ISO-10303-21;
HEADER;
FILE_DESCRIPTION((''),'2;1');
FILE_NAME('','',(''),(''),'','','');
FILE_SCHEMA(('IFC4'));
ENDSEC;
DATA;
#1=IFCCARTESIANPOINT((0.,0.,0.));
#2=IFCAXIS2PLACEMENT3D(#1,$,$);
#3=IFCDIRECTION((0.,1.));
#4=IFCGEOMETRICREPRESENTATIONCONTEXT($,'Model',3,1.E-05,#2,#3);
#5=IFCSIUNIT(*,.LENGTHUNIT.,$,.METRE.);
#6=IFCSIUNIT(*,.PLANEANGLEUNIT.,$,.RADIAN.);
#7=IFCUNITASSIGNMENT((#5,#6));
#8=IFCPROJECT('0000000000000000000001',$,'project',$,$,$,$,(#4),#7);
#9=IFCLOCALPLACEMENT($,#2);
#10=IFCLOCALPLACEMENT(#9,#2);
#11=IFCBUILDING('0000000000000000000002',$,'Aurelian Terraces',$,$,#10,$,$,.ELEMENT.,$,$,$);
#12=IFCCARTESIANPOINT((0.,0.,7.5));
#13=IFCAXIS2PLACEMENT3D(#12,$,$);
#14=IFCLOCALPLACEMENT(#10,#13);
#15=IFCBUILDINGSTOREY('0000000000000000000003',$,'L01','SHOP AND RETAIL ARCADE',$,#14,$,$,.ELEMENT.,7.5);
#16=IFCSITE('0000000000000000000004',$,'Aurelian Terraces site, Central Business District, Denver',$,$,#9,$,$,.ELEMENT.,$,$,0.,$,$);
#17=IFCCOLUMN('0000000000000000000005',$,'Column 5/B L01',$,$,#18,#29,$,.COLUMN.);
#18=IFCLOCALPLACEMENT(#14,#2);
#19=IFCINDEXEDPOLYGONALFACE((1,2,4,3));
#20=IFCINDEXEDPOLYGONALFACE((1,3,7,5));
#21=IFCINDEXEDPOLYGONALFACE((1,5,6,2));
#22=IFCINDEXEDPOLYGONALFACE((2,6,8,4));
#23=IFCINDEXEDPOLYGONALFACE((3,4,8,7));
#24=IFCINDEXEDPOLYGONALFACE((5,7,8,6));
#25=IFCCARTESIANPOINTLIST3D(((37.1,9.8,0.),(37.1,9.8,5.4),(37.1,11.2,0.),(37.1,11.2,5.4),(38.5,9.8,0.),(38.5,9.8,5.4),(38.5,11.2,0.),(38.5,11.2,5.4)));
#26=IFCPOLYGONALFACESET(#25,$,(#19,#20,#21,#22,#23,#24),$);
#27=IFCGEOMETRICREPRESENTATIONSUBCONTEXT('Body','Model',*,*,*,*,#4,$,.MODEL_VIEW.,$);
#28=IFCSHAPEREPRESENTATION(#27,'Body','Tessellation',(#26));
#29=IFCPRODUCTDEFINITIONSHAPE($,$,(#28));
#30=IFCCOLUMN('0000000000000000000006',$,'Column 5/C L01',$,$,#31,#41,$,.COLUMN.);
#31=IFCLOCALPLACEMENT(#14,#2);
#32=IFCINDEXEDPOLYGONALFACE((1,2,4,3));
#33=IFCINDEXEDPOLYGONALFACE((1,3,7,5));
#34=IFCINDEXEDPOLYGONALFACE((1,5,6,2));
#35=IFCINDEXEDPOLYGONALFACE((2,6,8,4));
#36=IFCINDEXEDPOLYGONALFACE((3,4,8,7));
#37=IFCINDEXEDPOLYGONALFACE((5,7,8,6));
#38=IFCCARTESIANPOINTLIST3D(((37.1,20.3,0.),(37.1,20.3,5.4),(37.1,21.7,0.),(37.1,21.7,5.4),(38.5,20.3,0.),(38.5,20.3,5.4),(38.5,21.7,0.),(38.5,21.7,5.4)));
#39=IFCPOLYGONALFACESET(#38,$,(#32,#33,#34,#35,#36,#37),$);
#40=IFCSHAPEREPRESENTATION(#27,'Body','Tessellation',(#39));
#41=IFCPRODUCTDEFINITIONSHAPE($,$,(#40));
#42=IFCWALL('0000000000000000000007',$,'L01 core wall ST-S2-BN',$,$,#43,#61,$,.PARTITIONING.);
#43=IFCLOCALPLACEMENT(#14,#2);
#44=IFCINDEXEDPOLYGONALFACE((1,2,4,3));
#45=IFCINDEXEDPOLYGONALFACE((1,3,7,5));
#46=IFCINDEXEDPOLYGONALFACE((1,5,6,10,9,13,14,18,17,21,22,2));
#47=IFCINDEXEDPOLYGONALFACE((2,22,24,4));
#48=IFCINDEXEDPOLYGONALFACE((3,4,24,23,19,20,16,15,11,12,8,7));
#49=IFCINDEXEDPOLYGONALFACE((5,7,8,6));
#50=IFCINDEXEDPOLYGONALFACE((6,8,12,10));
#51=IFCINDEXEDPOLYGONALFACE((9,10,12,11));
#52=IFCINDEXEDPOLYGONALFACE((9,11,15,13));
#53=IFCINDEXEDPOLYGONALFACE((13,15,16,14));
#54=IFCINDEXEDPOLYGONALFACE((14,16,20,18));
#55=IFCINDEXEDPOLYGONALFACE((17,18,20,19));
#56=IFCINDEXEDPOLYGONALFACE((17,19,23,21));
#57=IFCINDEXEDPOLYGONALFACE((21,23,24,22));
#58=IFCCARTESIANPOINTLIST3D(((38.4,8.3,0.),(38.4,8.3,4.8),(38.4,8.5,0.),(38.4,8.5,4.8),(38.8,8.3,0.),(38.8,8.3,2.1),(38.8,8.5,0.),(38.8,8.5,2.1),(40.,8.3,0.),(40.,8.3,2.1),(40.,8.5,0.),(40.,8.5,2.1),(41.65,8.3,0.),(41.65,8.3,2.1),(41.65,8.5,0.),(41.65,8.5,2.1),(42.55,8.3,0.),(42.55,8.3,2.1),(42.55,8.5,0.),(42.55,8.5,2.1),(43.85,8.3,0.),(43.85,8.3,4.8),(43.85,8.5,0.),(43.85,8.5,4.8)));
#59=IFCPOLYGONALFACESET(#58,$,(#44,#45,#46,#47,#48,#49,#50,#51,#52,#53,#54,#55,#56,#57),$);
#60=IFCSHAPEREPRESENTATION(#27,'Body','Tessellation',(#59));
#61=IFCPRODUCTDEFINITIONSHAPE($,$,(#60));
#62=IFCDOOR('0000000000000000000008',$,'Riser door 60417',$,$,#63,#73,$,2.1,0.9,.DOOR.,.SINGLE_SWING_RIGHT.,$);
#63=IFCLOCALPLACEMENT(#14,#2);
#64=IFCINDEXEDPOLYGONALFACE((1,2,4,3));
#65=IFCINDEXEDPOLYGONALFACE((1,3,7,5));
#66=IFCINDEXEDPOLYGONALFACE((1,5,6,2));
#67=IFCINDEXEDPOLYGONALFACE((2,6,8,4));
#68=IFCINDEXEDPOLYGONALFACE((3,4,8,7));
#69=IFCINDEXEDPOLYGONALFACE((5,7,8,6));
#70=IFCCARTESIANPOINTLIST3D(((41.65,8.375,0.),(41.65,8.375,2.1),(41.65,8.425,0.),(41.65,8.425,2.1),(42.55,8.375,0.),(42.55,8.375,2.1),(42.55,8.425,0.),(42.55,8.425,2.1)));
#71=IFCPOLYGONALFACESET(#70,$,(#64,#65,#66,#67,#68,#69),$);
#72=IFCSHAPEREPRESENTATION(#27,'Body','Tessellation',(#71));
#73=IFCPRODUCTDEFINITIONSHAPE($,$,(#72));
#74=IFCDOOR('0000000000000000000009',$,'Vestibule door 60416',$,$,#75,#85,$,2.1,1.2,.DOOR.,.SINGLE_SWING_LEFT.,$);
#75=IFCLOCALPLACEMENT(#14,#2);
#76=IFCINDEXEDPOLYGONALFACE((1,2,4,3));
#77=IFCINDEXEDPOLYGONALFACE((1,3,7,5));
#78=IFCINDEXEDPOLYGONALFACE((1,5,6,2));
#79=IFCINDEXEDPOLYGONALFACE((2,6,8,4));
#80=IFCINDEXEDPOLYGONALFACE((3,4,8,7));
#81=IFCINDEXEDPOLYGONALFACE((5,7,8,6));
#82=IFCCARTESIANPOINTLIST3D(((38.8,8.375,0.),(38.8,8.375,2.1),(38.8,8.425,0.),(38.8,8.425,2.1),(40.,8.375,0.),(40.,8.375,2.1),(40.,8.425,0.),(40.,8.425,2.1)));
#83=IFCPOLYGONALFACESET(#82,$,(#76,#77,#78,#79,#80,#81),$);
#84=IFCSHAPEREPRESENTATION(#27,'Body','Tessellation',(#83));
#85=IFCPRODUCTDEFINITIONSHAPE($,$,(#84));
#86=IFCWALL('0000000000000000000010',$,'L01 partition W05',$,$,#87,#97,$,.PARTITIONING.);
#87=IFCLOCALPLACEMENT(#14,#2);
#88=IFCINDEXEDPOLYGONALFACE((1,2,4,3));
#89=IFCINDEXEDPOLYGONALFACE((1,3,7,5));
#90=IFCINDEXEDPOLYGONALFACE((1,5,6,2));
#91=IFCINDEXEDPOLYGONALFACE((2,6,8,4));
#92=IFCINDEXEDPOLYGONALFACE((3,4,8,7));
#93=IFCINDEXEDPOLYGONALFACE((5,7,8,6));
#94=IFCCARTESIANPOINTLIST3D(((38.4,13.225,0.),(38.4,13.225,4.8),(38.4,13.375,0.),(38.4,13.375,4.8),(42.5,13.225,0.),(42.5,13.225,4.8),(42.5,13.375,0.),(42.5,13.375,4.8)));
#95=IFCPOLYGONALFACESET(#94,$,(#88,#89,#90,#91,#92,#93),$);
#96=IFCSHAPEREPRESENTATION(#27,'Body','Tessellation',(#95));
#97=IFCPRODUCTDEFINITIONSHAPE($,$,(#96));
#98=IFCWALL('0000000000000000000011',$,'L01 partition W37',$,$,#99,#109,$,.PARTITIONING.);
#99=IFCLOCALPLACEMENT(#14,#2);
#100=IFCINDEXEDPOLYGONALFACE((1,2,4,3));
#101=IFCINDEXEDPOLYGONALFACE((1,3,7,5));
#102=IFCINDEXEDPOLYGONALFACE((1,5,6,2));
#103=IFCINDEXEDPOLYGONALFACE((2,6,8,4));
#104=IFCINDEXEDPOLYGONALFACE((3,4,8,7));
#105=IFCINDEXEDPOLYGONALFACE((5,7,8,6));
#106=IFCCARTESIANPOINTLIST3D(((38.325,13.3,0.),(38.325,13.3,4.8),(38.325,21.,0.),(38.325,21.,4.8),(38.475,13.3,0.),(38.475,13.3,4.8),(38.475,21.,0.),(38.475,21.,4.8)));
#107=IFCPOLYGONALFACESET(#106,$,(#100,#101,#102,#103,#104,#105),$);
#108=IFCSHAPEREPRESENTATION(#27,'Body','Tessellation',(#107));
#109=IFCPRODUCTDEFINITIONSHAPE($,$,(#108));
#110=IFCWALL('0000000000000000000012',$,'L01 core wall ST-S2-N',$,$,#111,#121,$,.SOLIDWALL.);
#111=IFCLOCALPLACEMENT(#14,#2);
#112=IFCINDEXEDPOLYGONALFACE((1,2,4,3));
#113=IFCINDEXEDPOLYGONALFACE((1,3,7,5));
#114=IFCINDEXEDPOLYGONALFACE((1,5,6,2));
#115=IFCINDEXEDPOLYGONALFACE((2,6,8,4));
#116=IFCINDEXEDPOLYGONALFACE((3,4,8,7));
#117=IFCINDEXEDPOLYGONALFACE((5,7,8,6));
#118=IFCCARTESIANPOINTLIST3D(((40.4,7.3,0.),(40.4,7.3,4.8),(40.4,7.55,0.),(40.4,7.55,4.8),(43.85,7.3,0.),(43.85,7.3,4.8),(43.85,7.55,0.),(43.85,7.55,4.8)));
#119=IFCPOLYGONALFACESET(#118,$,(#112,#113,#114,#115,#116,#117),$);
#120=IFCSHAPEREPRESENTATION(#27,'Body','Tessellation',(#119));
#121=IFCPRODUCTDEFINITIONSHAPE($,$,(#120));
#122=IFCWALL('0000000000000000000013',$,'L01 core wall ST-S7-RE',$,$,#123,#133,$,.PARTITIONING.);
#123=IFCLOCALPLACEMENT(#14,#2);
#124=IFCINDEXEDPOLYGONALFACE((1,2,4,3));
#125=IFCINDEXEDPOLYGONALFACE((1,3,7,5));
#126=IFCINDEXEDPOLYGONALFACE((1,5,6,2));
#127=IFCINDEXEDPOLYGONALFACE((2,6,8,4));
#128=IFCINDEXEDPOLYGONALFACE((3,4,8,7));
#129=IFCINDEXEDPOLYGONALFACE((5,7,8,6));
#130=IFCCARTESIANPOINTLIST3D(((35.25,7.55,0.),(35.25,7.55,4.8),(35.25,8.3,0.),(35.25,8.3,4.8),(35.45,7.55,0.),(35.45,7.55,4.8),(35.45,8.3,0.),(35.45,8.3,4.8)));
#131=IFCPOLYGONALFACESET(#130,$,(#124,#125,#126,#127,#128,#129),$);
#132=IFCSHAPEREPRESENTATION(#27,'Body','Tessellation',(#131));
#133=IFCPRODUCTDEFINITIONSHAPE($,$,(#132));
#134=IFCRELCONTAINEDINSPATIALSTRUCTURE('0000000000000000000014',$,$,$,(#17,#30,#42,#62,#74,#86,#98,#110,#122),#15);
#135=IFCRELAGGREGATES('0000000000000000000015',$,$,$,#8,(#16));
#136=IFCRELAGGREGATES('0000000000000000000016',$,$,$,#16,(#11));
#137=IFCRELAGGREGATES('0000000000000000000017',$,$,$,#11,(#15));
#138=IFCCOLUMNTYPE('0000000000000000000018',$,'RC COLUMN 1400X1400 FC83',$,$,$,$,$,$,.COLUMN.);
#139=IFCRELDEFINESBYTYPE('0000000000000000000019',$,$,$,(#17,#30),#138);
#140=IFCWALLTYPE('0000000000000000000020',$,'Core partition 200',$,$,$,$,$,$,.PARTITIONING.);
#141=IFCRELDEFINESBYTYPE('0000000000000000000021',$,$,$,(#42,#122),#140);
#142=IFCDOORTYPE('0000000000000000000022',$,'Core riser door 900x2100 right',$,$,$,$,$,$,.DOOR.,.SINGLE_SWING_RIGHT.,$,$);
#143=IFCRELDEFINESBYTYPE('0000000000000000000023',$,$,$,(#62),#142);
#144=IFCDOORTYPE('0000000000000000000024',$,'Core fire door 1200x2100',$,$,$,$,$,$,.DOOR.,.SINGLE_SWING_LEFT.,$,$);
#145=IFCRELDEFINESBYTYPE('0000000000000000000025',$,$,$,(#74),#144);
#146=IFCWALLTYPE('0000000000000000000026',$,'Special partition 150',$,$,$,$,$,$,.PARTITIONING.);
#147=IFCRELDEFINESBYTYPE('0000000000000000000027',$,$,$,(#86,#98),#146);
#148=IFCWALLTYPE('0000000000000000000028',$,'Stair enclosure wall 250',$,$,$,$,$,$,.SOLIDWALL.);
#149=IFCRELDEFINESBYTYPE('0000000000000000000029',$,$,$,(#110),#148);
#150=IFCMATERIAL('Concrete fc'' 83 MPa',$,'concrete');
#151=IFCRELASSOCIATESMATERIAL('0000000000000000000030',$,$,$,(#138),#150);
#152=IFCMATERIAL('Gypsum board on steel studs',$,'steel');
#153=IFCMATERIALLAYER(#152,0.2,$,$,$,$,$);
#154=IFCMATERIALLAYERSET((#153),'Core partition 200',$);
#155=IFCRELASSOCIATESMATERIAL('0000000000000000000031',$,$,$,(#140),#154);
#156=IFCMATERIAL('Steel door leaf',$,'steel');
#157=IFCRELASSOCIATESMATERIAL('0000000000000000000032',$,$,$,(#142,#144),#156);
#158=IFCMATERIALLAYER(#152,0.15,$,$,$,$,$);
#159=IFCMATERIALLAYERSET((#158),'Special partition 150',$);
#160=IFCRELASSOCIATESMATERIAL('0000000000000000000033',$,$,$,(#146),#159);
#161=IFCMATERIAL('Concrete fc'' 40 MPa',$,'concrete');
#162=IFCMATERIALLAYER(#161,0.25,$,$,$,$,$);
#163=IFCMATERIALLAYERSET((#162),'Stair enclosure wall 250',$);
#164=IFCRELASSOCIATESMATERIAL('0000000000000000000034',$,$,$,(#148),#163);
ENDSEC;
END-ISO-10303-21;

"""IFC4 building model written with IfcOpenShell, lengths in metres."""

from ifc_helpers import new_model, si_unit, direction, frame, frame_2d, origin, origin_2d, place, context, subcontext, project, spatial, rectangle, extrude, source, transform, mapped, material, layer, layer_set, material_profile, profile_set, type_object, element, fill, save


model = new_model("IFC4")

# Units and contexts
model_context = context("Model", 3, precision=1e-05, world=origin(), true_north=direction((0.0, 1.0)))
body_context = subcontext(model_context, "Body", "Model", "MODEL_VIEW")
ifc_project = project(units=[si_unit("LENGTHUNIT", "METRE"), si_unit("PLANEANGLEUNIT", "RADIAN")], contexts=[model_context])

# Site, building, storey
site_placement = place(None, origin())
site = spatial("IfcSite", under=ifc_project, at=site_placement, Name="Aurelian Terraces site, Central Business District, Denver", CompositionType="ELEMENT", RefElevation=0.0)
building_placement = place(site_placement, origin())
building = spatial("IfcBuilding", under=site, at=building_placement, Name="Aurelian Terraces", CompositionType="ELEMENT")
storey_placement = place(building_placement, frame((0.0, 0.0, 7.5)))
storey = spatial("IfcBuildingStorey", under=building, at=storey_placement, Name="L01", Description="SHOP AND RETAIL ARCADE", CompositionType="ELEMENT", Elevation=7.5)

# Columns
ifc_material_1 = material(Name="Concrete fc' 83 MPa", Category="concrete")
ifc_material_profile = material_profile(ifc_material_1, rectangle(XDim=1.4, YDim=1.4, at=origin_2d()))
ifc_profile_set = profile_set([ifc_material_profile], Name="Concrete fc' 83 MPa")
column_type = type_object("IfcColumnType", Name="RC COLUMN 1400X1400 FC83", PredefinedType="COLUMN", material=ifc_profile_set)
shared_shape_1 = source(origin(), body_context, "Body", "SweptSolid", [
    extrude(rectangle(XDim=1.4, YDim=1.4, at=origin_2d()), origin(), (0.0, 0.0, 1.0), 5.4),
])
for number, where, z_axis, x_axis, name in (
    (1, (37.8, 10.5, 0.0), (0.0, 0.0, 1.0), (1.0, 0.0, 0.0), "Column 5/B L01"),
    (2, (37.8, 21.0, 0.0), (0.0, 0.0, 1.0), (1.0, 0.0, 0.0), "Column 5/C L01"),
):
    element("IfcColumn", number, at=place(storey_placement, frame(where, z_axis=z_axis, x_axis=x_axis)), inside=storey, type_object=column_type, Name=name, PredefinedType="COLUMN", context=body_context, shape_type="MappedRepresentation", body=[
        mapped(shared_shape_1, transform((0.0, 0.0, 0.0), scale=1.0)),
    ])

# Wall, openings, doors
ifc_material_2 = material(Name="Gypsum board on steel studs", Category="steel")
ifc_layer_1 = layer(ifc_material_2, 0.2)
ifc_layer_set_1 = layer_set([ifc_layer_1], Name="Core partition 200")
wall_type_1 = type_object("IfcWallType", Name="Core partition 200", PredefinedType="PARTITIONING", material=ifc_layer_set_1)
wall_1_placement = place(storey_placement, frame((38.4, 8.4, 0.0), z_axis=(0.0, 0.0, 1.0), x_axis=(1.0, 0.0, 0.0)))
wall_1 = element("IfcWall", 3, at=wall_1_placement, inside=storey, type_object=wall_type_1, Name="L01 core wall ST-S2-BN", PredefinedType="PARTITIONING", context=body_context, shape_type="SweptSolid", body=[
    extrude(rectangle(XDim=5.45, YDim=0.2, at=frame_2d((2.725, 0.0))), origin(), (0.0, 0.0, 1.0), 4.8),
])
shared_shape_2 = source(origin(), body_context, "Body", "SweptSolid", [
    extrude(rectangle(XDim=1.2, YDim=2.1, at=frame_2d((0.6, 1.05))), frame((0.0, 0.11, 0.0), z_axis=(0.0, -1.0, 0.0), x_axis=(1.0, 0.0, 0.0)), (0.0, 0.0, 1.0), 0.22),
])
opening_1_placement = place(wall_1_placement, frame((0.4, 0.0, 0.0)))
opening_1 = element("IfcOpeningElement", 4, at=opening_1_placement, cuts=wall_1, PredefinedType="OPENING", context=body_context, shape_type="MappedRepresentation", body=[
    mapped(shared_shape_2, transform((0.0, 0.0, 0.0), scale=1.0)),
])
shared_shape_3 = source(origin(), body_context, "Body", "SweptSolid", [
    extrude(rectangle(XDim=0.9, YDim=2.1, at=frame_2d((0.45, 1.05))), frame((0.0, 0.11, 0.0), z_axis=(0.0, -1.0, 0.0), x_axis=(1.0, 0.0, 0.0)), (0.0, 0.0, 1.0), 0.22),
])
opening_2_placement = place(wall_1_placement, frame((3.25, 0.0, 0.0)))
opening_2 = element("IfcOpeningElement", 5, at=opening_2_placement, cuts=wall_1, PredefinedType="OPENING", context=body_context, shape_type="MappedRepresentation", body=[
    mapped(shared_shape_3, transform((0.0, 0.0, 0.0), scale=1.0)),
])
ifc_material_3 = material(Name="Steel door leaf", Category="steel")
door_type_1 = type_object("IfcDoorType", Name="Core riser door 900x2100 right", OperationType="SINGLE_SWING_RIGHT", PredefinedType="DOOR", material=ifc_material_3)
shared_shape_4 = source(origin(), body_context, "Body", "SweptSolid", [
    extrude(rectangle(XDim=0.9, YDim=2.1, at=frame_2d((0.45, 1.05))), frame((0.0, 0.025, 0.0), z_axis=(0.0, -1.0, 0.0), x_axis=(1.0, 0.0, 0.0)), (0.0, 0.0, 1.0), 0.05),
])
door_1_placement = place(opening_2_placement, origin())
door_1 = element("IfcDoor", 6, at=door_1_placement, inside=storey, type_object=door_type_1, Name="Riser door 60417", OperationType="SINGLE_SWING_RIGHT", OverallHeight=2.1, OverallWidth=0.9, PredefinedType="DOOR", context=body_context, shape_type="MappedRepresentation", body=[
    mapped(shared_shape_4, transform((0.0, 0.0, 0.0), scale=1.0)),
])
fill(opening_2, door_1)
door_type_2 = type_object("IfcDoorType", Name="Core fire door 1200x2100", OperationType="SINGLE_SWING_LEFT", PredefinedType="DOOR", material=ifc_material_3)
shared_shape_5 = source(origin(), body_context, "Body", "SweptSolid", [
    extrude(rectangle(XDim=1.2, YDim=2.1, at=frame_2d((0.6, 1.05))), frame((0.0, 0.025, 0.0), z_axis=(0.0, -1.0, 0.0), x_axis=(1.0, 0.0, 0.0)), (0.0, 0.0, 1.0), 0.05),
])
door_2_placement = place(opening_1_placement, origin())
door_2 = element("IfcDoor", 7, at=door_2_placement, inside=storey, type_object=door_type_2, Name="Vestibule door 60416", OperationType="SINGLE_SWING_LEFT", OverallHeight=2.1, OverallWidth=1.2, PredefinedType="DOOR", context=body_context, shape_type="MappedRepresentation", body=[
    mapped(shared_shape_5, transform((0.0, 0.0, 0.0), scale=1.0)),
])
fill(opening_1, door_2)

# Walls
ifc_layer_2 = layer(ifc_material_2, 0.15)
ifc_layer_set_2 = layer_set([ifc_layer_2], Name="Special partition 150")
wall_type_2 = type_object("IfcWallType", Name="Special partition 150", PredefinedType="PARTITIONING", material=ifc_layer_set_2)
wall_2_placement = place(storey_placement, frame((38.4, 13.3, 0.0), z_axis=(0.0, 0.0, 1.0), x_axis=(1.0, 0.0, 0.0)))
element("IfcWall", 8, at=wall_2_placement, inside=storey, type_object=wall_type_2, Name="L01 partition W05", PredefinedType="PARTITIONING", context=body_context, shape_type="SweptSolid", body=[
    extrude(rectangle(XDim=4.1, YDim=0.15, at=frame_2d((2.05, 0.0))), origin(), (0.0, 0.0, 1.0), 4.8),
])
wall_3_placement = place(storey_placement, frame((38.4, 13.3, 0.0), z_axis=(0.0, 0.0, 1.0), x_axis=(0.0, 1.0, 0.0)))
element("IfcWall", 9, at=wall_3_placement, inside=storey, type_object=wall_type_2, Name="L01 partition W37", PredefinedType="PARTITIONING", context=body_context, shape_type="SweptSolid", body=[
    extrude(rectangle(XDim=7.7, YDim=0.15, at=frame_2d((3.85, 0.0))), origin(), (0.0, 0.0, 1.0), 4.8),
])
ifc_material_4 = material(Name="Concrete fc' 40 MPa", Category="concrete")
ifc_layer_3 = layer(ifc_material_4, 0.25)
ifc_layer_set_3 = layer_set([ifc_layer_3], Name="Stair enclosure wall 250")
wall_type_3 = type_object("IfcWallType", Name="Stair enclosure wall 250", PredefinedType="SOLIDWALL", material=ifc_layer_set_3)
wall_4_placement = place(storey_placement, frame((40.4, 7.425, 0.0), z_axis=(0.0, 0.0, 1.0), x_axis=(1.0, 0.0, 0.0)))
element("IfcWall", 10, at=wall_4_placement, inside=storey, type_object=wall_type_3, Name="L01 core wall ST-S2-N", PredefinedType="SOLIDWALL", context=body_context, shape_type="SweptSolid", body=[
    extrude(rectangle(XDim=3.45, YDim=0.25, at=frame_2d((1.725, 0.0))), origin(), (0.0, 0.0, 1.0), 4.8),
])
shared_shape_6 = source(origin(), body_context, "Body", "SweptSolid", [
    extrude(rectangle(XDim=0.75, YDim=0.2, at=frame_2d((0.375, 0.0))), origin(), (0.0, 0.0, 1.0), 4.8),
])
wall_5_placement = place(storey_placement, frame((35.35, 7.55, 0.0), z_axis=(0.0, 0.0, 1.0), x_axis=(0.0, 1.0, 0.0)))
element("IfcWall", 11, at=wall_5_placement, inside=storey, type_object=wall_type_1, Name="L01 core wall ST-S7-RE", PredefinedType="PARTITIONING", context=body_context, shape_type="MappedRepresentation", body=[
    mapped(shared_shape_6, transform((0.0, 0.0, 0.0), scale=1.0)),
])

save(model, "model.ifc")
